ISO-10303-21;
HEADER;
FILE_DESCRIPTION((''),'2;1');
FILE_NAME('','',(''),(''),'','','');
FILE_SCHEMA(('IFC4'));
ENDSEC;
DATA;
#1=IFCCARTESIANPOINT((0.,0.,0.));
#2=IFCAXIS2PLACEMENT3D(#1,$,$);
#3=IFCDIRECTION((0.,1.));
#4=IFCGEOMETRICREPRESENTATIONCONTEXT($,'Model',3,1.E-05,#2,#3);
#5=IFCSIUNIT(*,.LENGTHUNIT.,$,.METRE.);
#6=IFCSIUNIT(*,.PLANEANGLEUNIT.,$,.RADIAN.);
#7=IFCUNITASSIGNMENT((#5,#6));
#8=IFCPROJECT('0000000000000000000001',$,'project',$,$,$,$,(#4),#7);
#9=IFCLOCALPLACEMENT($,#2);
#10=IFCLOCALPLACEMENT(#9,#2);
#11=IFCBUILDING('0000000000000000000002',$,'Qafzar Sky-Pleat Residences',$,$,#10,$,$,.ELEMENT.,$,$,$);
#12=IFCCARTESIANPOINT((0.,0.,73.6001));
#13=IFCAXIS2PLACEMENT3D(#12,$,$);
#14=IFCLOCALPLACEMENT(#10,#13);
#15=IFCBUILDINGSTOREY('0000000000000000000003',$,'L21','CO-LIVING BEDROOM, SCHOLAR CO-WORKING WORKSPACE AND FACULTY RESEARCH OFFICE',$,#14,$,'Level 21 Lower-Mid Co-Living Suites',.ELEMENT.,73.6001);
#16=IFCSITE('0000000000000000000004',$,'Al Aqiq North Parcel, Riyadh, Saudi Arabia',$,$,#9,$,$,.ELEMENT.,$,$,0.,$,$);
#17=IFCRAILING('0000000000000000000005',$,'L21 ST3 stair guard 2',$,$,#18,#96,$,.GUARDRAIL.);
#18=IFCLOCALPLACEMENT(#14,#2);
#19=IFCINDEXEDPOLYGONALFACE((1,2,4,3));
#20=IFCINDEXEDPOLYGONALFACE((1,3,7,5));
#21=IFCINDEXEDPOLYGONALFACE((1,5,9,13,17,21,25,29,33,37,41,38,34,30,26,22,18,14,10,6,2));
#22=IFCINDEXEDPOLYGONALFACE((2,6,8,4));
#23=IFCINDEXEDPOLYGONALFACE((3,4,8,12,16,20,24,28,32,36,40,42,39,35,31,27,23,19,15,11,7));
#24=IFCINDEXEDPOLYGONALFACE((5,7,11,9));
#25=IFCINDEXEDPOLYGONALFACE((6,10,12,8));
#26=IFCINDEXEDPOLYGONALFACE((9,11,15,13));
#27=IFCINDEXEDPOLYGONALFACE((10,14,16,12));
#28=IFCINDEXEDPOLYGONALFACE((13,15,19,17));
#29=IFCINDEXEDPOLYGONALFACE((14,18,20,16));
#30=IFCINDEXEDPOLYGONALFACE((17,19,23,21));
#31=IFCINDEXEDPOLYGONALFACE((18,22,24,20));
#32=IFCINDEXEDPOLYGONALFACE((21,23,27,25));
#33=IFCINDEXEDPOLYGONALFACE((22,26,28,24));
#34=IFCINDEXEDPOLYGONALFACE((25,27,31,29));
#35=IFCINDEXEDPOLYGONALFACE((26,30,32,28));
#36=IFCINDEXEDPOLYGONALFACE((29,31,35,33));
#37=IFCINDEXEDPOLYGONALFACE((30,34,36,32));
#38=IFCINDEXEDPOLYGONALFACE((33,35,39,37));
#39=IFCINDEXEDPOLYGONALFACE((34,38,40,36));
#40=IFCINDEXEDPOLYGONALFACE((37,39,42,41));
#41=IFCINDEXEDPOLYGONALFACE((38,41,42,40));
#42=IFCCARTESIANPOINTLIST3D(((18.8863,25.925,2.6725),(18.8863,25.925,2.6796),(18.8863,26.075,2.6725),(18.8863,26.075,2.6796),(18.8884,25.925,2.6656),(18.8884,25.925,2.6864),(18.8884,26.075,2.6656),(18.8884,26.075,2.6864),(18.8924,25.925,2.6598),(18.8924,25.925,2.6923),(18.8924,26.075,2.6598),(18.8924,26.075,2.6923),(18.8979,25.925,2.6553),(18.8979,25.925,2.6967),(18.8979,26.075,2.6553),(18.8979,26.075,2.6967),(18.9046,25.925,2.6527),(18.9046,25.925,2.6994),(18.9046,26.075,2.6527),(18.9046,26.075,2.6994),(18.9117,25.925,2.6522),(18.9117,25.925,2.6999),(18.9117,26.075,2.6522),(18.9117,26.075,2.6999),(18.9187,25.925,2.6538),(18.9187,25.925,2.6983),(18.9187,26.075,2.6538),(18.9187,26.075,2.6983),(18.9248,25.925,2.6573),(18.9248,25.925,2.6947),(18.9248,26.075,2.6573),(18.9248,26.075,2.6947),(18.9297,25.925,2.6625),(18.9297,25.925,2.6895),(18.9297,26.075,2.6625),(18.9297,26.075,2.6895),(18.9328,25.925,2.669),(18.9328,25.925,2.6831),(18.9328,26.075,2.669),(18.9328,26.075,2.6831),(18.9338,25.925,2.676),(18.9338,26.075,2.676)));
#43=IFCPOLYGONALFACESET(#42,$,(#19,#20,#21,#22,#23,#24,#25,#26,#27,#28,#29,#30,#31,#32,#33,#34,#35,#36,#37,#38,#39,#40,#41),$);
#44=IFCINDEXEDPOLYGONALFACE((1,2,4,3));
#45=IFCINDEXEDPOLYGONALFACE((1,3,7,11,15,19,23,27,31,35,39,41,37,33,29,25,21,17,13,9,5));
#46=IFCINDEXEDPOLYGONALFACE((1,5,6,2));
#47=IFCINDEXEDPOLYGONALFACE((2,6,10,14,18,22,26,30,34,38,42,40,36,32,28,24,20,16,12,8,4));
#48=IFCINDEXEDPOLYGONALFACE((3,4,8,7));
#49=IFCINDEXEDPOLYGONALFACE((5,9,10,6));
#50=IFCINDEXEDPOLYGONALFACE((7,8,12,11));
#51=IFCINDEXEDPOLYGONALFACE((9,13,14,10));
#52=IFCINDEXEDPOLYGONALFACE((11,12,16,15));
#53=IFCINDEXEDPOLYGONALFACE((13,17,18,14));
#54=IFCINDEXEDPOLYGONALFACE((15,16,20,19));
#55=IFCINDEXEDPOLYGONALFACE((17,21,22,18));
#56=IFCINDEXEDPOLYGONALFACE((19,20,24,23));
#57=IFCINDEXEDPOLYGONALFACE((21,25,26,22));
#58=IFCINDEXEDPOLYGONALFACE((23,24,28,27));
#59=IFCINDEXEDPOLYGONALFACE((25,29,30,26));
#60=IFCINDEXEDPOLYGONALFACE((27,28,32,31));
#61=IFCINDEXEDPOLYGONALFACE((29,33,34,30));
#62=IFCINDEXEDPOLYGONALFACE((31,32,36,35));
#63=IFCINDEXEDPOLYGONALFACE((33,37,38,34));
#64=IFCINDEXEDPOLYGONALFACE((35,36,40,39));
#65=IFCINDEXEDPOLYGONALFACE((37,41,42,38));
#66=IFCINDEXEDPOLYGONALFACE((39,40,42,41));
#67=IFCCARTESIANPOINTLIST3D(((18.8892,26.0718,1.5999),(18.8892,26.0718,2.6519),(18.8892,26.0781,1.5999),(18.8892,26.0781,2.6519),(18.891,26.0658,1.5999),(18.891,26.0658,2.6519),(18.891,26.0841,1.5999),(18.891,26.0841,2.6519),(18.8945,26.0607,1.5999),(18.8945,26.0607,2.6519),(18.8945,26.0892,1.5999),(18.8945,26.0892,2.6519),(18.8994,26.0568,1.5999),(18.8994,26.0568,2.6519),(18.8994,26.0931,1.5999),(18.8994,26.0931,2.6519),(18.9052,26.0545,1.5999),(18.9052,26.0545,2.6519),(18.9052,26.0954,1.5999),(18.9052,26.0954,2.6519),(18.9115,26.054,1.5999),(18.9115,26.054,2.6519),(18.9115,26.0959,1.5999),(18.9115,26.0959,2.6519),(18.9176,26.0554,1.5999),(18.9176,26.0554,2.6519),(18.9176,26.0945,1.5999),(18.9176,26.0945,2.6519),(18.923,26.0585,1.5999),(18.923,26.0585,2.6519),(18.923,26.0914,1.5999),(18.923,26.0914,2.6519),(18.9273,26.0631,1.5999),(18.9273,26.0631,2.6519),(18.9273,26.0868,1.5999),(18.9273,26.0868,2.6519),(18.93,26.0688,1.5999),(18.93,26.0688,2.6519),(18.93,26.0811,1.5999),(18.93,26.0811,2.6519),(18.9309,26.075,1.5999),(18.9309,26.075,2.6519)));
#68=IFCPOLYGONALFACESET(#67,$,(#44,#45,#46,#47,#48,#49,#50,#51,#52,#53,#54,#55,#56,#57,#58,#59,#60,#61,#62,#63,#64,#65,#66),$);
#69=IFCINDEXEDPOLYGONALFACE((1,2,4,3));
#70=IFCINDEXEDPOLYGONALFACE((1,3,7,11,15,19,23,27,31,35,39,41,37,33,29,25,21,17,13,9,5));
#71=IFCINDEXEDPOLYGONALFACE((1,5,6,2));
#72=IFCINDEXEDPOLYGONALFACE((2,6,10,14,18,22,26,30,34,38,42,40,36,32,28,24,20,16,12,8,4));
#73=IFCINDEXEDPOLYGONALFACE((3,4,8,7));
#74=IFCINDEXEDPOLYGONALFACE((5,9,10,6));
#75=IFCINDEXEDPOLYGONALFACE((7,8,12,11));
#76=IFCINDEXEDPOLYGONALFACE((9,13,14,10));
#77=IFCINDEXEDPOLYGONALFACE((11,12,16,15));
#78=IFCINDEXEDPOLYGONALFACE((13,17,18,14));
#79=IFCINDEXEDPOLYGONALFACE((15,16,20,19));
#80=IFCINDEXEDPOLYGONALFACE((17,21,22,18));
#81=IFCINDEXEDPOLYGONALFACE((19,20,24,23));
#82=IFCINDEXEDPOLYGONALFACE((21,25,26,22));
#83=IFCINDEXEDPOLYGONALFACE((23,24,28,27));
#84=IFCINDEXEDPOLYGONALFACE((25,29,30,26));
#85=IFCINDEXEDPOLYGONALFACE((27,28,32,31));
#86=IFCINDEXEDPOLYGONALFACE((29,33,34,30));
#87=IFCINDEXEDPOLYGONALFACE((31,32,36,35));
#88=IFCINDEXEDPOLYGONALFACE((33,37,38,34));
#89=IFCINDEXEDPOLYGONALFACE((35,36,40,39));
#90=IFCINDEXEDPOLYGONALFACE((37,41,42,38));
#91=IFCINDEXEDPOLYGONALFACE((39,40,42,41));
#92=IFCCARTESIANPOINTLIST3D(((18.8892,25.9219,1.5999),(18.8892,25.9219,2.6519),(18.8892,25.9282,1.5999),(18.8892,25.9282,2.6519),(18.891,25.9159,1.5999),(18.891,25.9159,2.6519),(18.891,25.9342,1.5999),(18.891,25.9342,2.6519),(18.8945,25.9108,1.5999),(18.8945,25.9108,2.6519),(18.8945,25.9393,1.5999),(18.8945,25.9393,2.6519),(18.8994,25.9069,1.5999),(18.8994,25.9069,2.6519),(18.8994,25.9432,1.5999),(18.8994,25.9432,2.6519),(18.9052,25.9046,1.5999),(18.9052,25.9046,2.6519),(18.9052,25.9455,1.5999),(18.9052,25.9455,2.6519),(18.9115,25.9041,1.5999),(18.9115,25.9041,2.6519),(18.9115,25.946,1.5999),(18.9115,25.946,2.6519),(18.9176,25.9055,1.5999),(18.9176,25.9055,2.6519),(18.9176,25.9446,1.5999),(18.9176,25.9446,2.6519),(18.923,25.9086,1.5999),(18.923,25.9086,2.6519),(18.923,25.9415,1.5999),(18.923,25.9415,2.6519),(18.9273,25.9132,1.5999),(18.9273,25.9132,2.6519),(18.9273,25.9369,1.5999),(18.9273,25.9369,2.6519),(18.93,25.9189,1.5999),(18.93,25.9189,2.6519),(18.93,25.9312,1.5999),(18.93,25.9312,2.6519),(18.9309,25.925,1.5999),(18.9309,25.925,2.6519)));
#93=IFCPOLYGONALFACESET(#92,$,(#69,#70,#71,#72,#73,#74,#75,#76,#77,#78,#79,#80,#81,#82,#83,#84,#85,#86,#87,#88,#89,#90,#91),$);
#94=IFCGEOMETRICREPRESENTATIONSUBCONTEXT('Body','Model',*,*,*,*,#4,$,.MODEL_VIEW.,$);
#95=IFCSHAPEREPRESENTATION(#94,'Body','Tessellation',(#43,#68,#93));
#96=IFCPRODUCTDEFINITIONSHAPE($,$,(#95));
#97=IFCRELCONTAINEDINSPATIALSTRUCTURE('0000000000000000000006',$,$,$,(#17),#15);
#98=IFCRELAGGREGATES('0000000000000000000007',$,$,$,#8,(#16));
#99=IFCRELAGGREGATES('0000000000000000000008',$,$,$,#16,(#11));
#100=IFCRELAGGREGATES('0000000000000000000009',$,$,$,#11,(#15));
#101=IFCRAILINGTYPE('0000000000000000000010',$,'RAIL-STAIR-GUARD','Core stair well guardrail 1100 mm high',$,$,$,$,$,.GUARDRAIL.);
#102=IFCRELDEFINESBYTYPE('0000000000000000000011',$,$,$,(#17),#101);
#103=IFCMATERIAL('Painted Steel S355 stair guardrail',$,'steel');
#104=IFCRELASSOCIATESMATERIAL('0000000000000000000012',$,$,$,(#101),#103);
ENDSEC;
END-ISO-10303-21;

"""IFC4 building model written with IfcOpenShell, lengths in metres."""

from ifc_helpers import new_model, si_unit, direction, frame, origin, origin_2d, place, context, subcontext, project, spatial, circle, extrude, source, transform, mapped, material, type_object, element, save


model = new_model("IFC4")

# Units and contexts
model_context = context("Model", 3, precision=1e-05, world=origin(), true_north=direction((0.0, 1.0)))
body_context = subcontext(model_context, "Body", "Model", "MODEL_VIEW")
ifc_project = project(units=[si_unit("LENGTHUNIT", "METRE"), si_unit("PLANEANGLEUNIT", "RADIAN")], contexts=[model_context])

# Site, building, storey
site_placement = place(None, origin())
site = spatial("IfcSite", under=ifc_project, at=site_placement, Name="Al Aqiq North Parcel, Riyadh, Saudi Arabia", CompositionType="ELEMENT", RefElevation=0.0)
building_placement = place(site_placement, origin())
building = spatial("IfcBuilding", under=site, at=building_placement, Name="Qafzar Sky-Pleat Residences", CompositionType="ELEMENT")
storey_placement = place(building_placement, frame((0.0, 0.0, 73.6001)))
storey = spatial("IfcBuildingStorey", under=building, at=storey_placement, Name="L21", Description="CO-LIVING BEDROOM, SCHOLAR CO-WORKING WORKSPACE AND FACULTY RESEARCH OFFICE", LongName="Level 21 Lower-Mid Co-Living Suites", CompositionType="ELEMENT", Elevation=73.6001)

# Railing
ifc_material_1 = material(Name="Painted Steel S355 stair guardrail", Category="steel")
railing_type = type_object("IfcRailingType", Name="RAIL-STAIR-GUARD", Description="Core stair well guardrail 1100 mm high", PredefinedType="GUARDRAIL", material=ifc_material_1)
shared_shape_1 = source(origin(), body_context, "Body", "SweptSolid", [
    extrude(circle(Radius=0.0239, at=origin_2d()), frame((0.0, 0.0, 1.0762), z_axis=(0.0, -1.0, 0.0), x_axis=(1.0, 0.0, 0.0)), (0.0, 0.0, 1.0), 0.1499),
    extrude(circle(Radius=0.021, at=origin_2d()), origin(), (0.0, 0.0, 1.0), 1.052),
    extrude(circle(Radius=0.021, at=origin_2d()), frame((0.0, -0.1499, 0.0)), (0.0, 0.0, 1.0), 1.052),
])
railing_placement = place(storey_placement, frame((18.9099, 26.075, 1.5999)))
element("IfcRailing", 1, at=railing_placement, inside=storey, type_object=railing_type, Name="L21 ST3 stair guard 2", PredefinedType="GUARDRAIL", context=body_context, shape_type="MappedRepresentation", body=[
    mapped(shared_shape_1, transform((0.0, 0.0, 0.0), x_axis=(1.0, 0.0, 0.0), y_axis=(0.0, 1.0, 0.0), z_axis=(0.0, 0.0, 1.0), scale=1.0)),
])

save(model, "model.ifc")
